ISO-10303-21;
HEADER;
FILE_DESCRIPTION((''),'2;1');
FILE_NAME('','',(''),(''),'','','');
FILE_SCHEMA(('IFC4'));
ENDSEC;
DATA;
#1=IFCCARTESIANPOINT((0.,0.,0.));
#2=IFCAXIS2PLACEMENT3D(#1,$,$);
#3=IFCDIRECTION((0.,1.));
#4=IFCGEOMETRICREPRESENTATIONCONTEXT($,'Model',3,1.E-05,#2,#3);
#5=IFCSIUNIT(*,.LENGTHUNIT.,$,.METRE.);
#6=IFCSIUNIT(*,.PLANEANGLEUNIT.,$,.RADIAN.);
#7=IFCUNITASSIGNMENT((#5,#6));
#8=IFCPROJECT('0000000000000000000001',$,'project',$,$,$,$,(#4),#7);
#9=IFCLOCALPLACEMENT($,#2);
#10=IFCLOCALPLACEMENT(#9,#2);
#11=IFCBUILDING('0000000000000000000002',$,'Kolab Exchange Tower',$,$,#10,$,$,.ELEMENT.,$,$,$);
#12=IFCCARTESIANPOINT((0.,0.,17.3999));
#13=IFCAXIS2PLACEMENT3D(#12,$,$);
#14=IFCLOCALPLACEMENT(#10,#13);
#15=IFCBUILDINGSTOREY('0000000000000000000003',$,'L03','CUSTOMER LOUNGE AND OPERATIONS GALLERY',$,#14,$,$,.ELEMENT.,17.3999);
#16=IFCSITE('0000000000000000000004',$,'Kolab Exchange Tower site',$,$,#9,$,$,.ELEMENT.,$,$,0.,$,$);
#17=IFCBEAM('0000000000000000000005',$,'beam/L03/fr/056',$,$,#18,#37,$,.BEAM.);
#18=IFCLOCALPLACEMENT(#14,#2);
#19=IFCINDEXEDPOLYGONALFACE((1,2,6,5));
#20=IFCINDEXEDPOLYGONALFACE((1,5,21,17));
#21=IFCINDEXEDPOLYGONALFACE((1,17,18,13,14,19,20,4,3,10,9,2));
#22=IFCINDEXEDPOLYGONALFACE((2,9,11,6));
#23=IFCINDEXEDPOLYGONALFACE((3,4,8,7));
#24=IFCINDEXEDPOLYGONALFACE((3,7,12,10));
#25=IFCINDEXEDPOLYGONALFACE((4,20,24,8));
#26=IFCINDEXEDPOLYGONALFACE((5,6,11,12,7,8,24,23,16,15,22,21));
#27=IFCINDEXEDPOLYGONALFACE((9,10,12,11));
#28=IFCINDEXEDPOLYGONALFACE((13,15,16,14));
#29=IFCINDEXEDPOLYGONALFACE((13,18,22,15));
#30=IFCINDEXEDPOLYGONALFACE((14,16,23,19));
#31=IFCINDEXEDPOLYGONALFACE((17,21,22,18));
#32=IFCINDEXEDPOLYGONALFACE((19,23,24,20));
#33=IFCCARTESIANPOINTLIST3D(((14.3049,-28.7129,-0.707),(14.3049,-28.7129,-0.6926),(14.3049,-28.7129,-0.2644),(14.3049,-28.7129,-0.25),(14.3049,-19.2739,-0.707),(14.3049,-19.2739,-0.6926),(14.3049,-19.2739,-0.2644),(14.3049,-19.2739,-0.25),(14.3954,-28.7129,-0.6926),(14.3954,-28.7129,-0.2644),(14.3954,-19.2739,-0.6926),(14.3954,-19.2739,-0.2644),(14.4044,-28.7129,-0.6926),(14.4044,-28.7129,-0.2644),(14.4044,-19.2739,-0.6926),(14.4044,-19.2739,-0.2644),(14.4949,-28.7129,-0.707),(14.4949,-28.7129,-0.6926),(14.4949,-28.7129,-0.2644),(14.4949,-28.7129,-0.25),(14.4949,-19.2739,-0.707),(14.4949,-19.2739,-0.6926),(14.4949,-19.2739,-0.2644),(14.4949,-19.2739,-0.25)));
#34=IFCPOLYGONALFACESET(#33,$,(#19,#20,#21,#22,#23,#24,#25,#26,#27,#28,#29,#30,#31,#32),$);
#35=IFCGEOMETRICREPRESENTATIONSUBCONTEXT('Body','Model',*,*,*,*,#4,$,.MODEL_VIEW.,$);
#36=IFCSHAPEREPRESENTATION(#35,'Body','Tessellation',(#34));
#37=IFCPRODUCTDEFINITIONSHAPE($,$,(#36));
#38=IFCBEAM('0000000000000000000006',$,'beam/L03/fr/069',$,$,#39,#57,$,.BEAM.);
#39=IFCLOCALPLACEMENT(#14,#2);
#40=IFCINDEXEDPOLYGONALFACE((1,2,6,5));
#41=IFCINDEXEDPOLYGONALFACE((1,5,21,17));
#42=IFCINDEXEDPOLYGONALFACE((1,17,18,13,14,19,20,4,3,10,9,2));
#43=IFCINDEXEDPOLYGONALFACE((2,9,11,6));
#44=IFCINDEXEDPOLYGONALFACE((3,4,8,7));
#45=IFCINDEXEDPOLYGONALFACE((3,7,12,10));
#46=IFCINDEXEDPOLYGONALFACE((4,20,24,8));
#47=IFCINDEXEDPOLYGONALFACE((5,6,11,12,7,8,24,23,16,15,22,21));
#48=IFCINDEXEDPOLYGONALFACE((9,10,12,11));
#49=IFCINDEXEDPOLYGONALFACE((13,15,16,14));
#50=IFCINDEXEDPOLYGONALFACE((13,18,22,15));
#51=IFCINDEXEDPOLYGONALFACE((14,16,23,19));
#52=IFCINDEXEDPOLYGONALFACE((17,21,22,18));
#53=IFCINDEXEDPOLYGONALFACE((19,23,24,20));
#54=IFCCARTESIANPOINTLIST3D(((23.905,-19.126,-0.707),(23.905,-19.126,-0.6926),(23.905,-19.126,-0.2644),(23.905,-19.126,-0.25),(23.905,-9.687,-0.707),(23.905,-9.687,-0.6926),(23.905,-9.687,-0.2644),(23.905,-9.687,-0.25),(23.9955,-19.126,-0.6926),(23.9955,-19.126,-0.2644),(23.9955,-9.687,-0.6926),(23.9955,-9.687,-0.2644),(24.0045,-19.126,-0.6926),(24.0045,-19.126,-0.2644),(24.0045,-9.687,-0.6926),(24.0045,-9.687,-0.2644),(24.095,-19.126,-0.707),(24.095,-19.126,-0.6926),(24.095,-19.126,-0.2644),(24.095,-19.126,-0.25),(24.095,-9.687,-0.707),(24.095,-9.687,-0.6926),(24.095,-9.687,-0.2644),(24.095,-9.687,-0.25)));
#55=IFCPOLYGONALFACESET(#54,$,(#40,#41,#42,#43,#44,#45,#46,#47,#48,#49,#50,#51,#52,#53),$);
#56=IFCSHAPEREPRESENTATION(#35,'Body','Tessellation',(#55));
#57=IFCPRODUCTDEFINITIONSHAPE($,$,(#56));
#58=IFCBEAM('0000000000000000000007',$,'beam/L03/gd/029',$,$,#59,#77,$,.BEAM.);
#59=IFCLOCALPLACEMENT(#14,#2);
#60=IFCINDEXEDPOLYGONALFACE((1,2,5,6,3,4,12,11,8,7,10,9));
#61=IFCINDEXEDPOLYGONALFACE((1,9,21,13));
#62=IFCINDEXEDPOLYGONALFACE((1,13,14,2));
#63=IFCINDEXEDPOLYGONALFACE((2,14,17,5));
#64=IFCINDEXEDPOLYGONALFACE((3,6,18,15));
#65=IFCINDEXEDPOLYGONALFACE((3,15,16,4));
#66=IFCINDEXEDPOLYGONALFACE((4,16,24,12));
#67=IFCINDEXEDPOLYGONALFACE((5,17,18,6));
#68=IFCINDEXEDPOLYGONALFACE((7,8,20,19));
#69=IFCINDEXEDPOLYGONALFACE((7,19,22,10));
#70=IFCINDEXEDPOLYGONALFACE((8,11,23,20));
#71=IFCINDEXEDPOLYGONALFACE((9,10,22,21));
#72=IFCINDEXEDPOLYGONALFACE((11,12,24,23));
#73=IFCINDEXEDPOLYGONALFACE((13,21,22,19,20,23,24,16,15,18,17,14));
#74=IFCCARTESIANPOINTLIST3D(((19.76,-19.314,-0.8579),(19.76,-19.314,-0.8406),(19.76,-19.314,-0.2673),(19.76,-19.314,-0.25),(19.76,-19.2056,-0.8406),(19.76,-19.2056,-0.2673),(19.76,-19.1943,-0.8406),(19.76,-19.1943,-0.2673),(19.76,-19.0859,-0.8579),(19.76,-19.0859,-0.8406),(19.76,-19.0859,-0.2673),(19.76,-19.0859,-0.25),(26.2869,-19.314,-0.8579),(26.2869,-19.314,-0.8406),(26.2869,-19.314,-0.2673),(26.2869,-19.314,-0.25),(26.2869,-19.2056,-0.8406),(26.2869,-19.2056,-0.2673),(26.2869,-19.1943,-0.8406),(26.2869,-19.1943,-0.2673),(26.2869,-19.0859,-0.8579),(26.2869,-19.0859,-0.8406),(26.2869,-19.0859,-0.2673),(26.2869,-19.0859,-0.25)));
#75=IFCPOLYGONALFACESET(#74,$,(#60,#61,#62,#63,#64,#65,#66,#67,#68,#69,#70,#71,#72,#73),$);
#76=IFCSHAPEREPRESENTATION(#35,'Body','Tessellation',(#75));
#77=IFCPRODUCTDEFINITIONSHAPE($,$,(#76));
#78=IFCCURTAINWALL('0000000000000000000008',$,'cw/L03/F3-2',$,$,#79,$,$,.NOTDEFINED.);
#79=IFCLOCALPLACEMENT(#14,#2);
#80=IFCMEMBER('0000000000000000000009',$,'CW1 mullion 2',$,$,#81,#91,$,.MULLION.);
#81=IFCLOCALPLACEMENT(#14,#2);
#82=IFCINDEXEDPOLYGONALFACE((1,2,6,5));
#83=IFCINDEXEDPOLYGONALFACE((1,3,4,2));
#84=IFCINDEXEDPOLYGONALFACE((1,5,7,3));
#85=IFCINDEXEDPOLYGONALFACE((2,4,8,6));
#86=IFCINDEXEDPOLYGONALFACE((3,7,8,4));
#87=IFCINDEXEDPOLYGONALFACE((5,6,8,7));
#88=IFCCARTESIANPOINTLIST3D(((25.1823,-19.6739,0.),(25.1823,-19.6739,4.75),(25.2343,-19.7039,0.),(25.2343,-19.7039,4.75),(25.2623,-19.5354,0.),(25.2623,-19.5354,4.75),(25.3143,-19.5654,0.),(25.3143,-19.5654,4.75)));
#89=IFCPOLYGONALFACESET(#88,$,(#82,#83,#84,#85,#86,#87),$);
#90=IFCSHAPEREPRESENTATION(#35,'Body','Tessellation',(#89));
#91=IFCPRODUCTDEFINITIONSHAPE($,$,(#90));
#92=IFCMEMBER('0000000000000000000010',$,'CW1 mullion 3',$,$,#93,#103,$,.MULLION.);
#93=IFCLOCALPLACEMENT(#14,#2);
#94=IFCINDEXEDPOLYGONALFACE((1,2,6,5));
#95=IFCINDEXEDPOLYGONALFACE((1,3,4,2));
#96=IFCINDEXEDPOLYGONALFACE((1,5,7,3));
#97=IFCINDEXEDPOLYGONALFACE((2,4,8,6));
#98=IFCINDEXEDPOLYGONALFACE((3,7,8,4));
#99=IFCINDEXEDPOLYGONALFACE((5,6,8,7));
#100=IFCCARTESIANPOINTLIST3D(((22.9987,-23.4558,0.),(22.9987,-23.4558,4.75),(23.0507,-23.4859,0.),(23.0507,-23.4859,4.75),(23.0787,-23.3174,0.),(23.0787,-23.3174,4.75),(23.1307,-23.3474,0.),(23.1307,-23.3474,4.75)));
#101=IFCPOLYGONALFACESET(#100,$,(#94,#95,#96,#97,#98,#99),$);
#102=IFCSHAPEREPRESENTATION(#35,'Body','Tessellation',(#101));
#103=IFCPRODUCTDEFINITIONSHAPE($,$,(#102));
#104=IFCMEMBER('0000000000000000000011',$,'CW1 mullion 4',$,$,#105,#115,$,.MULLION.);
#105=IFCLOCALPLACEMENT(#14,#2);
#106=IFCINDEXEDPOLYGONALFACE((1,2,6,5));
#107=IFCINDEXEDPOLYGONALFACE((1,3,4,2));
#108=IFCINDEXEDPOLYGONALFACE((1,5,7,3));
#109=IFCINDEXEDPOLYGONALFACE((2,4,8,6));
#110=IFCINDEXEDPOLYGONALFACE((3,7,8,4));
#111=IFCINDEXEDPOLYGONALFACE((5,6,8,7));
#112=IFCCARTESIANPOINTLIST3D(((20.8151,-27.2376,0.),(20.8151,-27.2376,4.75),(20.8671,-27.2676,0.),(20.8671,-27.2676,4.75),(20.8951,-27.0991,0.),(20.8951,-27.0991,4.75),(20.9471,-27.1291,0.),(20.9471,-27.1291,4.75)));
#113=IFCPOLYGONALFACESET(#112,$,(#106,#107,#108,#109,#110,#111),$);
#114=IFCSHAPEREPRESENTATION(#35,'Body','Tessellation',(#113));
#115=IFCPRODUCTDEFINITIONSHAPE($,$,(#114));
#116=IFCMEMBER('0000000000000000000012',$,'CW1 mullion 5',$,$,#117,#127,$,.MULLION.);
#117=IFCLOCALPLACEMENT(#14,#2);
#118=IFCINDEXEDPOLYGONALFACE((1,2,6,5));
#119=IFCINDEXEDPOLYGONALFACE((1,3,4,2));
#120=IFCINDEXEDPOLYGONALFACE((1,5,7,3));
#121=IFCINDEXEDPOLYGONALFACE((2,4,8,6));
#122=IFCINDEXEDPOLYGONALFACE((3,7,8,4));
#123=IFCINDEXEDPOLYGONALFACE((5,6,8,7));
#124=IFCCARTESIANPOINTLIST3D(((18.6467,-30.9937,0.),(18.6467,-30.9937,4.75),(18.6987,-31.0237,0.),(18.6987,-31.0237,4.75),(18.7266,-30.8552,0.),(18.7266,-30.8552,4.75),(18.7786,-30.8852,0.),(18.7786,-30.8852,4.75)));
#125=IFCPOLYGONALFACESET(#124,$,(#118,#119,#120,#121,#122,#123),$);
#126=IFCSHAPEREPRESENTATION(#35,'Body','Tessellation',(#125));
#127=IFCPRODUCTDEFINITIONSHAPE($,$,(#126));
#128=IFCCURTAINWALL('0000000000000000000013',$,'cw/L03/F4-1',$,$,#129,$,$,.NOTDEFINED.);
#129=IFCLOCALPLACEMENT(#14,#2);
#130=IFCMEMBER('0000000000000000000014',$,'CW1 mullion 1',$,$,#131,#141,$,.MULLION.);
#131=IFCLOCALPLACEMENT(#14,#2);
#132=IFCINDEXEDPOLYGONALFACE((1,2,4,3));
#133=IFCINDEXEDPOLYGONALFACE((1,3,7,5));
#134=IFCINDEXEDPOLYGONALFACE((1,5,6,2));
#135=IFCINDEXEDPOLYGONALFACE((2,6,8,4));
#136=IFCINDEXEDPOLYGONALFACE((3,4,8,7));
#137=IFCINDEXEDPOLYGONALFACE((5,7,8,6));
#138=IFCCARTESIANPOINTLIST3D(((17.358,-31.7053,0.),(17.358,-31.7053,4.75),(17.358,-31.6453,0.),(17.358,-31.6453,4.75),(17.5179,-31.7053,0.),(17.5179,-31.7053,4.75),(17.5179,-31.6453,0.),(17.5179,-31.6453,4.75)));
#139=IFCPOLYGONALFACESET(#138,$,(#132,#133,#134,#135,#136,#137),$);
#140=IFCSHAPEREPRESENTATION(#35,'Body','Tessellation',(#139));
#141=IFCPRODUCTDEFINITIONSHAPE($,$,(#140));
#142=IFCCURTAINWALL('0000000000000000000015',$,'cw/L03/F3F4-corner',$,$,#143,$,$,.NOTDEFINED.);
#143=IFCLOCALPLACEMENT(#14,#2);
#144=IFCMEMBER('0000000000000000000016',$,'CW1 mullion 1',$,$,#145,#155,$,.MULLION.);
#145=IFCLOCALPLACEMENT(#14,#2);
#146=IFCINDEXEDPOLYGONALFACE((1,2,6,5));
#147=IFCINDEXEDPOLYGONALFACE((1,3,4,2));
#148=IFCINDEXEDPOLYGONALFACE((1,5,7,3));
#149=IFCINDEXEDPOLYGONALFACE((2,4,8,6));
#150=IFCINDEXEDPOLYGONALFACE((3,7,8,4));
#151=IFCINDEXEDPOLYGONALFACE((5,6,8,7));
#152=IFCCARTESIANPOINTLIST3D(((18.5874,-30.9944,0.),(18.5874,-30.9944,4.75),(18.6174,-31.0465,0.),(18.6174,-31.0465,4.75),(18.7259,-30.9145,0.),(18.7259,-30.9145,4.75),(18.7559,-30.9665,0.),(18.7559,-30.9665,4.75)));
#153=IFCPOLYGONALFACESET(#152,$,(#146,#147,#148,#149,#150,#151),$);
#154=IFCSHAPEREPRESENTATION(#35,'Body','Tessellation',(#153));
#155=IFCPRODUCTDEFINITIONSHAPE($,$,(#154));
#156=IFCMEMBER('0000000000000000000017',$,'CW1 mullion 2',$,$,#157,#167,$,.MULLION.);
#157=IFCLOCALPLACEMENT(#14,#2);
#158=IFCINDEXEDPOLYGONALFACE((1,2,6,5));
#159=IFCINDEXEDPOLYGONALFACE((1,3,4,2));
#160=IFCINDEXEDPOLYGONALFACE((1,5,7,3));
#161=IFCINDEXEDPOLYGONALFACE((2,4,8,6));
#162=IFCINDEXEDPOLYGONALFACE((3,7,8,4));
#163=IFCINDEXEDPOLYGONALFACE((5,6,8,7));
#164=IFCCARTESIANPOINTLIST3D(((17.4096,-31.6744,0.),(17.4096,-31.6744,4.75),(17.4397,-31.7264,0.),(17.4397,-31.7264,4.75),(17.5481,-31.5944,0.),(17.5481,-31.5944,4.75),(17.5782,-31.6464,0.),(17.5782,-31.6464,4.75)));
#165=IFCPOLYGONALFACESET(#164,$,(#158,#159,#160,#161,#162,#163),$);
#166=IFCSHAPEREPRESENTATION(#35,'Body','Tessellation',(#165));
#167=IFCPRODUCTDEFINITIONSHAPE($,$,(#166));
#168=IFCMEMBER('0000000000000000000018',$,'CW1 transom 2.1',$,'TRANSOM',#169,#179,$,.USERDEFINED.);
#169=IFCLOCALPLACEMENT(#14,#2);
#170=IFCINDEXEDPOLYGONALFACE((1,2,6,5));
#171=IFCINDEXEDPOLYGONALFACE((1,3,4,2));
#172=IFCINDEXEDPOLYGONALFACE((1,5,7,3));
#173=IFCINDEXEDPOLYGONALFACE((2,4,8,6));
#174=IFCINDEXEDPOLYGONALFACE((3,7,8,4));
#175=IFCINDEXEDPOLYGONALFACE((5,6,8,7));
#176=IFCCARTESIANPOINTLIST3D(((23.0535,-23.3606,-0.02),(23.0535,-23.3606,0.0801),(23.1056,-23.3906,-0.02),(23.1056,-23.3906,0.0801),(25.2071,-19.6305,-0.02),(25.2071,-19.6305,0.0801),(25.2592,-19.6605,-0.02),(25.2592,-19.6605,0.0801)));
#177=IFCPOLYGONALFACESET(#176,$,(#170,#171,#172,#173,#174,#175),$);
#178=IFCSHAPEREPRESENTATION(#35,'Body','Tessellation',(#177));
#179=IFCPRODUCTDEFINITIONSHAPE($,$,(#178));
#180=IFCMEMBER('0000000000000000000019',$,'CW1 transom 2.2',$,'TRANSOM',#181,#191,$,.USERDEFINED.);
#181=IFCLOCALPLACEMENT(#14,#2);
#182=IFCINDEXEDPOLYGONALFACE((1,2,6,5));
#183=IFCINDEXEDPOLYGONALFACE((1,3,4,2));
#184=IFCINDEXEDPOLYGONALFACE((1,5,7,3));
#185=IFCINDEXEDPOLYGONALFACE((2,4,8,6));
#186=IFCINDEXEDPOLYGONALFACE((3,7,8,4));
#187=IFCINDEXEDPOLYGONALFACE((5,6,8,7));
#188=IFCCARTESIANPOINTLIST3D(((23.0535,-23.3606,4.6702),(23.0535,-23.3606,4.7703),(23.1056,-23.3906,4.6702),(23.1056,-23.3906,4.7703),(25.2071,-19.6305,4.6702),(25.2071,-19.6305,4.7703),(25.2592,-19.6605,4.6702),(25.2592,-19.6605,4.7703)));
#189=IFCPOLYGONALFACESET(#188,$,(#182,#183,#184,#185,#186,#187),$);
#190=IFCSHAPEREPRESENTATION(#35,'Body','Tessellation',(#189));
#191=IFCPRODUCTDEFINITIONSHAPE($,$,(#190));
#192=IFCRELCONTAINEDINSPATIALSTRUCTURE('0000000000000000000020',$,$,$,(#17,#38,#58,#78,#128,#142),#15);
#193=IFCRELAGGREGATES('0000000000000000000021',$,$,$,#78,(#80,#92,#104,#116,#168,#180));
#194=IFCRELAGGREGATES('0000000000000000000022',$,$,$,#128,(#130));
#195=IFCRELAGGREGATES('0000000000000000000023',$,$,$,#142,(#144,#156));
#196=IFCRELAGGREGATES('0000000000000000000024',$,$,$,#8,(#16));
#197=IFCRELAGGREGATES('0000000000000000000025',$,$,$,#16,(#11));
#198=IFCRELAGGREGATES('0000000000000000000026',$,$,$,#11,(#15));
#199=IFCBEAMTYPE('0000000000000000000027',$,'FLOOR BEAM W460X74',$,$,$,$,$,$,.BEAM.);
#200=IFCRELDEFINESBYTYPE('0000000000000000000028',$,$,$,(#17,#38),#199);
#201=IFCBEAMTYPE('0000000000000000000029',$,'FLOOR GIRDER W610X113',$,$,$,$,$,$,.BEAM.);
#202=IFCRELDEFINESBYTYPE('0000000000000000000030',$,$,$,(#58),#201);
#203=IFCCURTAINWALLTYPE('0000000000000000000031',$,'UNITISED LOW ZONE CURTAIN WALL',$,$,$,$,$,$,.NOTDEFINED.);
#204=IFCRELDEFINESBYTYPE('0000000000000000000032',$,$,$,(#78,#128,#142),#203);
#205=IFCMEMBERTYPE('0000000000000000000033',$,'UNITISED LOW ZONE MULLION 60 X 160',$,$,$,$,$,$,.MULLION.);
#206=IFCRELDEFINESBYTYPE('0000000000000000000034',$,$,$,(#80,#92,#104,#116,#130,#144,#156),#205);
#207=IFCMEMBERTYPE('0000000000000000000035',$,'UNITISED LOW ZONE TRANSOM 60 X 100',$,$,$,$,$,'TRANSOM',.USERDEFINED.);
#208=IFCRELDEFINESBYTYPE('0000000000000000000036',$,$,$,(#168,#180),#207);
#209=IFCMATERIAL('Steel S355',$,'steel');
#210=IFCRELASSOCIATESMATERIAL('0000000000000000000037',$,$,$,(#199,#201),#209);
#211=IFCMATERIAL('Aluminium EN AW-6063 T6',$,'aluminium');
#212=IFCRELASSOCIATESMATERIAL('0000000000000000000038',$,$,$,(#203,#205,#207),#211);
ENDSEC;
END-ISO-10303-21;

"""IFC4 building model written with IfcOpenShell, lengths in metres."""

from ifc_helpers import new_model, si_unit, direction, frame, origin, origin_2d, place, context, subcontext, project, spatial, rectangle, i_section, extrude, material, material_profile, profile_set, type_object, element, aggregate, save


model = new_model("IFC4")

# Units and contexts
model_context = context("Model", 3, precision=1e-05, world=origin(), true_north=direction((0.0, 1.0)))
body_context = subcontext(model_context, "Body", "Model", "MODEL_VIEW")
ifc_project = project(units=[si_unit("LENGTHUNIT", "METRE"), si_unit("PLANEANGLEUNIT", "RADIAN")], contexts=[model_context])

# Site, building, storey
site_placement = place(None, origin())
site = spatial("IfcSite", under=ifc_project, at=site_placement, Name="Kolab Exchange Tower site", CompositionType="ELEMENT", RefElevation=0.0)
building_placement = place(site_placement, origin())
building = spatial("IfcBuilding", under=site, at=building_placement, Name="Kolab Exchange Tower", CompositionType="ELEMENT")
storey_placement = place(building_placement, frame((0.0, 0.0, 17.3999)))
storey = spatial("IfcBuildingStorey", under=building, at=storey_placement, Name="L03", Description="CUSTOMER LOUNGE AND OPERATIONS GALLERY", CompositionType="ELEMENT", Elevation=17.3999)

# Beams
ifc_material_1 = material(Name="Steel S355", Category="steel")
ifc_material_profile_1 = material_profile(ifc_material_1, i_section(OverallWidth=0.1899, OverallDepth=0.457, WebThickness=0.009, FlangeThickness=0.0144, at=origin_2d()), Name="W460X74")
ifc_profile_set_1 = profile_set([ifc_material_profile_1], Name="Steel S355")
beam_type_1 = type_object("IfcBeamType", Name="FLOOR BEAM W460X74", PredefinedType="BEAM", material=ifc_profile_set_1)
for number, where, z_axis, x_axis, name in (
    (1, (14.3999, -28.7129, -0.4785), (0.0, 1.0, 0.0), (-1.0, 0.0, 0.0), "beam/L03/fr/056"),
    (2, (24.0, -19.126, -0.4785), (0.0, 1.0, 0.0), (-1.0, 0.0, 0.0), "beam/L03/fr/069"),
):
    element("IfcBeam", number, at=place(storey_placement, frame(where, z_axis=z_axis, x_axis=x_axis)), inside=storey, type_object=beam_type_1, Name=name, PredefinedType="BEAM", context=body_context, shape_type="SweptSolid", body=[
        extrude(i_section(OverallWidth=0.1899, OverallDepth=0.457, WebThickness=0.009, FlangeThickness=0.0144, at=origin_2d()), origin(), (0.0, 0.0, 1.0), 9.439),
    ])
ifc_material_profile_2 = material_profile(ifc_material_1, i_section(OverallWidth=0.228, OverallDepth=0.6079, WebThickness=0.0112, FlangeThickness=0.0173, at=origin_2d()), Name="W610X113")
ifc_profile_set_2 = profile_set([ifc_material_profile_2], Name="Steel S355")
beam_type_2 = type_object("IfcBeamType", Name="FLOOR GIRDER W610X113", PredefinedType="BEAM", material=ifc_profile_set_2)
beam_1_placement = place(storey_placement, frame((19.76, -19.2, -0.554), z_axis=(1.0, 0.0, 0.0), x_axis=(0.0, 1.0, 0.0)))
element("IfcBeam", 3, at=beam_1_placement, inside=storey, type_object=beam_type_2, Name="beam/L03/gd/029", PredefinedType="BEAM", context=body_context, shape_type="SweptSolid", body=[
    extrude(i_section(OverallWidth=0.228, OverallDepth=0.6079, WebThickness=0.0112, FlangeThickness=0.0173, at=origin_2d()), origin(), (0.0, 0.0, 1.0), 6.5269),
])

# Curtain wall, members
ifc_material_2 = material(Name="Aluminium EN AW-6063 T6", Category="aluminium")
curtain_wall_type = type_object("IfcCurtainWallType", Name="UNITISED LOW ZONE CURTAIN WALL", PredefinedType="NOTDEFINED", material=ifc_material_2)
curtain_wall_1_placement = place(storey_placement, origin())
curtain_wall_1 = element("IfcCurtainWall", 4, at=curtain_wall_1_placement, inside=storey, type_object=curtain_wall_type, Name="cw/L03/F3-2", PredefinedType="NOTDEFINED")
ifc_material_profile_3 = material_profile(ifc_material_2, rectangle(XDim=0.0601, YDim=0.1599, at=origin_2d()), Name="RECT 60X160")
ifc_profile_set_3 = profile_set([ifc_material_profile_3], Name="Aluminium EN AW-6063 T6")
member_type_1 = type_object("IfcMemberType", Name="UNITISED LOW ZONE MULLION 60 X 160", PredefinedType="MULLION", material=ifc_profile_set_3)
member_1_placement = place(storey_placement, frame((25.2483, -19.6196, 0.0), z_axis=(0.0, 0.0, 1.0), x_axis=(0.866025, -0.5, 0.0)))
member_1 = element("IfcMember", 5, at=member_1_placement, type_object=member_type_1, Name="CW1 mullion 2", PredefinedType="MULLION", context=body_context, shape_type="SweptSolid", body=[
    extrude(rectangle(XDim=0.0601, YDim=0.1599, at=origin_2d()), origin(), (0.0, 0.0, 1.0), 4.75),
])
member_2_placement = place(storey_placement, frame((23.0647, -23.4016, 0.0), z_axis=(0.0, 0.0, 1.0), x_axis=(0.866025, -0.5, 0.0)))
member_2 = element("IfcMember", 6, at=member_2_placement, type_object=member_type_1, Name="CW1 mullion 3", PredefinedType="MULLION", context=body_context, shape_type="SweptSolid", body=[
    extrude(rectangle(XDim=0.0601, YDim=0.1599, at=origin_2d()), origin(), (0.0, 0.0, 1.0), 4.75),
])
member_3_placement = place(storey_placement, frame((20.8811, -27.1833, 0.0), z_axis=(0.0, 0.0, 1.0), x_axis=(0.866025, -0.5, 0.0)))
member_3 = element("IfcMember", 7, at=member_3_placement, type_object=member_type_1, Name="CW1 mullion 4", PredefinedType="MULLION", context=body_context, shape_type="SweptSolid", body=[
    extrude(rectangle(XDim=0.0601, YDim=0.1599, at=origin_2d()), origin(), (0.0, 0.0, 1.0), 4.75),
])
member_4_placement = place(storey_placement, frame((18.7126, -30.9395, 0.0), z_axis=(0.0, 0.0, 1.0), x_axis=(0.866025, -0.5, 0.0)))
member_4 = element("IfcMember", 8, at=member_4_placement, type_object=member_type_1, Name="CW1 mullion 5", PredefinedType="MULLION", context=body_context, shape_type="SweptSolid", body=[
    extrude(rectangle(XDim=0.0601, YDim=0.1599, at=origin_2d()), origin(), (0.0, 0.0, 1.0), 4.75),
])

# Curtain wall, member
curtain_wall_2_placement = place(storey_placement, origin())
curtain_wall_2 = element("IfcCurtainWall", 9, at=curtain_wall_2_placement, inside=storey, type_object=curtain_wall_type, Name="cw/L03/F4-1", PredefinedType="NOTDEFINED")
member_5_placement = place(storey_placement, frame((17.438, -31.6753, 0.0), z_axis=(0.0, 0.0, 1.0), x_axis=(0.0, -1.0, 0.0)))
member_5 = element("IfcMember", 10, at=member_5_placement, type_object=member_type_1, Name="CW1 mullion 1", PredefinedType="MULLION", context=body_context, shape_type="SweptSolid", body=[
    extrude(rectangle(XDim=0.0601, YDim=0.1599, at=origin_2d()), origin(), (0.0, 0.0, 1.0), 4.75),
])

# Curtain wall, members
curtain_wall_3_placement = place(storey_placement, origin())
curtain_wall_3 = element("IfcCurtainWall", 11, at=curtain_wall_3_placement, inside=storey, type_object=curtain_wall_type, Name="cw/L03/F3F4-corner", PredefinedType="NOTDEFINED")
member_6_placement = place(storey_placement, frame((18.6716, -30.9805, 0.0), z_axis=(0.0, 0.0, 1.0), x_axis=(0.5, -0.866025, 0.0)))
member_6 = element("IfcMember", 12, at=member_6_placement, type_object=member_type_1, Name="CW1 mullion 1", PredefinedType="MULLION", context=body_context, shape_type="SweptSolid", body=[
    extrude(rectangle(XDim=0.0601, YDim=0.1599, at=origin_2d()), origin(), (0.0, 0.0, 1.0), 4.75),
])
member_7_placement = place(storey_placement, frame((17.4939, -31.6604, 0.0), z_axis=(0.0, 0.0, 1.0), x_axis=(0.5, -0.866025, 0.0)))
member_7 = element("IfcMember", 13, at=member_7_placement, type_object=member_type_1, Name="CW1 mullion 2", PredefinedType="MULLION", context=body_context, shape_type="SweptSolid", body=[
    extrude(rectangle(XDim=0.0601, YDim=0.1599, at=origin_2d()), origin(), (0.0, 0.0, 1.0), 4.75),
])

# Members
ifc_material_profile_4 = material_profile(ifc_material_2, rectangle(XDim=0.0601, YDim=0.1001, at=origin_2d()), Name="RECT 60X100")
ifc_profile_set_4 = profile_set([ifc_material_profile_4], Name="Aluminium EN AW-6063 T6")
member_type_2 = type_object("IfcMemberType", Name="UNITISED LOW ZONE TRANSOM 60 X 100", ElementType="TRANSOM", PredefinedType="USERDEFINED", material=ifc_profile_set_4)
member_8_placement = place(storey_placement, frame((25.2332, -19.6455, 0.03), z_axis=(-0.50001, -0.866019, 0.0), x_axis=(0.866019, -0.50001, 0.0)))
member_8 = element("IfcMember", 14, at=member_8_placement, type_object=member_type_2, Name="CW1 transom 2.1", ObjectType="TRANSOM", PredefinedType="USERDEFINED", context=body_context, shape_type="SweptSolid", body=[
    extrude(rectangle(XDim=0.0601, YDim=0.1001, at=origin_2d()), origin(), (0.0, 0.0, 1.0), 4.3071),
])
member_9_placement = place(storey_placement, frame((25.2332, -19.6455, 4.7202), z_axis=(-0.50001, -0.866019, 0.0), x_axis=(0.866019, -0.50001, 0.0)))
member_9 = element("IfcMember", 15, at=member_9_placement, type_object=member_type_2, Name="CW1 transom 2.2", ObjectType="TRANSOM", PredefinedType="USERDEFINED", context=body_context, shape_type="SweptSolid", body=[
    extrude(rectangle(XDim=0.0601, YDim=0.1001, at=origin_2d()), origin(), (0.0, 0.0, 1.0), 4.3071),
])

aggregate(curtain_wall_1, [member_1, member_2, member_3, member_4, member_8, member_9])
aggregate(curtain_wall_2, [member_5])
aggregate(curtain_wall_3, [member_6, member_7])

save(model, "model.ifc")
